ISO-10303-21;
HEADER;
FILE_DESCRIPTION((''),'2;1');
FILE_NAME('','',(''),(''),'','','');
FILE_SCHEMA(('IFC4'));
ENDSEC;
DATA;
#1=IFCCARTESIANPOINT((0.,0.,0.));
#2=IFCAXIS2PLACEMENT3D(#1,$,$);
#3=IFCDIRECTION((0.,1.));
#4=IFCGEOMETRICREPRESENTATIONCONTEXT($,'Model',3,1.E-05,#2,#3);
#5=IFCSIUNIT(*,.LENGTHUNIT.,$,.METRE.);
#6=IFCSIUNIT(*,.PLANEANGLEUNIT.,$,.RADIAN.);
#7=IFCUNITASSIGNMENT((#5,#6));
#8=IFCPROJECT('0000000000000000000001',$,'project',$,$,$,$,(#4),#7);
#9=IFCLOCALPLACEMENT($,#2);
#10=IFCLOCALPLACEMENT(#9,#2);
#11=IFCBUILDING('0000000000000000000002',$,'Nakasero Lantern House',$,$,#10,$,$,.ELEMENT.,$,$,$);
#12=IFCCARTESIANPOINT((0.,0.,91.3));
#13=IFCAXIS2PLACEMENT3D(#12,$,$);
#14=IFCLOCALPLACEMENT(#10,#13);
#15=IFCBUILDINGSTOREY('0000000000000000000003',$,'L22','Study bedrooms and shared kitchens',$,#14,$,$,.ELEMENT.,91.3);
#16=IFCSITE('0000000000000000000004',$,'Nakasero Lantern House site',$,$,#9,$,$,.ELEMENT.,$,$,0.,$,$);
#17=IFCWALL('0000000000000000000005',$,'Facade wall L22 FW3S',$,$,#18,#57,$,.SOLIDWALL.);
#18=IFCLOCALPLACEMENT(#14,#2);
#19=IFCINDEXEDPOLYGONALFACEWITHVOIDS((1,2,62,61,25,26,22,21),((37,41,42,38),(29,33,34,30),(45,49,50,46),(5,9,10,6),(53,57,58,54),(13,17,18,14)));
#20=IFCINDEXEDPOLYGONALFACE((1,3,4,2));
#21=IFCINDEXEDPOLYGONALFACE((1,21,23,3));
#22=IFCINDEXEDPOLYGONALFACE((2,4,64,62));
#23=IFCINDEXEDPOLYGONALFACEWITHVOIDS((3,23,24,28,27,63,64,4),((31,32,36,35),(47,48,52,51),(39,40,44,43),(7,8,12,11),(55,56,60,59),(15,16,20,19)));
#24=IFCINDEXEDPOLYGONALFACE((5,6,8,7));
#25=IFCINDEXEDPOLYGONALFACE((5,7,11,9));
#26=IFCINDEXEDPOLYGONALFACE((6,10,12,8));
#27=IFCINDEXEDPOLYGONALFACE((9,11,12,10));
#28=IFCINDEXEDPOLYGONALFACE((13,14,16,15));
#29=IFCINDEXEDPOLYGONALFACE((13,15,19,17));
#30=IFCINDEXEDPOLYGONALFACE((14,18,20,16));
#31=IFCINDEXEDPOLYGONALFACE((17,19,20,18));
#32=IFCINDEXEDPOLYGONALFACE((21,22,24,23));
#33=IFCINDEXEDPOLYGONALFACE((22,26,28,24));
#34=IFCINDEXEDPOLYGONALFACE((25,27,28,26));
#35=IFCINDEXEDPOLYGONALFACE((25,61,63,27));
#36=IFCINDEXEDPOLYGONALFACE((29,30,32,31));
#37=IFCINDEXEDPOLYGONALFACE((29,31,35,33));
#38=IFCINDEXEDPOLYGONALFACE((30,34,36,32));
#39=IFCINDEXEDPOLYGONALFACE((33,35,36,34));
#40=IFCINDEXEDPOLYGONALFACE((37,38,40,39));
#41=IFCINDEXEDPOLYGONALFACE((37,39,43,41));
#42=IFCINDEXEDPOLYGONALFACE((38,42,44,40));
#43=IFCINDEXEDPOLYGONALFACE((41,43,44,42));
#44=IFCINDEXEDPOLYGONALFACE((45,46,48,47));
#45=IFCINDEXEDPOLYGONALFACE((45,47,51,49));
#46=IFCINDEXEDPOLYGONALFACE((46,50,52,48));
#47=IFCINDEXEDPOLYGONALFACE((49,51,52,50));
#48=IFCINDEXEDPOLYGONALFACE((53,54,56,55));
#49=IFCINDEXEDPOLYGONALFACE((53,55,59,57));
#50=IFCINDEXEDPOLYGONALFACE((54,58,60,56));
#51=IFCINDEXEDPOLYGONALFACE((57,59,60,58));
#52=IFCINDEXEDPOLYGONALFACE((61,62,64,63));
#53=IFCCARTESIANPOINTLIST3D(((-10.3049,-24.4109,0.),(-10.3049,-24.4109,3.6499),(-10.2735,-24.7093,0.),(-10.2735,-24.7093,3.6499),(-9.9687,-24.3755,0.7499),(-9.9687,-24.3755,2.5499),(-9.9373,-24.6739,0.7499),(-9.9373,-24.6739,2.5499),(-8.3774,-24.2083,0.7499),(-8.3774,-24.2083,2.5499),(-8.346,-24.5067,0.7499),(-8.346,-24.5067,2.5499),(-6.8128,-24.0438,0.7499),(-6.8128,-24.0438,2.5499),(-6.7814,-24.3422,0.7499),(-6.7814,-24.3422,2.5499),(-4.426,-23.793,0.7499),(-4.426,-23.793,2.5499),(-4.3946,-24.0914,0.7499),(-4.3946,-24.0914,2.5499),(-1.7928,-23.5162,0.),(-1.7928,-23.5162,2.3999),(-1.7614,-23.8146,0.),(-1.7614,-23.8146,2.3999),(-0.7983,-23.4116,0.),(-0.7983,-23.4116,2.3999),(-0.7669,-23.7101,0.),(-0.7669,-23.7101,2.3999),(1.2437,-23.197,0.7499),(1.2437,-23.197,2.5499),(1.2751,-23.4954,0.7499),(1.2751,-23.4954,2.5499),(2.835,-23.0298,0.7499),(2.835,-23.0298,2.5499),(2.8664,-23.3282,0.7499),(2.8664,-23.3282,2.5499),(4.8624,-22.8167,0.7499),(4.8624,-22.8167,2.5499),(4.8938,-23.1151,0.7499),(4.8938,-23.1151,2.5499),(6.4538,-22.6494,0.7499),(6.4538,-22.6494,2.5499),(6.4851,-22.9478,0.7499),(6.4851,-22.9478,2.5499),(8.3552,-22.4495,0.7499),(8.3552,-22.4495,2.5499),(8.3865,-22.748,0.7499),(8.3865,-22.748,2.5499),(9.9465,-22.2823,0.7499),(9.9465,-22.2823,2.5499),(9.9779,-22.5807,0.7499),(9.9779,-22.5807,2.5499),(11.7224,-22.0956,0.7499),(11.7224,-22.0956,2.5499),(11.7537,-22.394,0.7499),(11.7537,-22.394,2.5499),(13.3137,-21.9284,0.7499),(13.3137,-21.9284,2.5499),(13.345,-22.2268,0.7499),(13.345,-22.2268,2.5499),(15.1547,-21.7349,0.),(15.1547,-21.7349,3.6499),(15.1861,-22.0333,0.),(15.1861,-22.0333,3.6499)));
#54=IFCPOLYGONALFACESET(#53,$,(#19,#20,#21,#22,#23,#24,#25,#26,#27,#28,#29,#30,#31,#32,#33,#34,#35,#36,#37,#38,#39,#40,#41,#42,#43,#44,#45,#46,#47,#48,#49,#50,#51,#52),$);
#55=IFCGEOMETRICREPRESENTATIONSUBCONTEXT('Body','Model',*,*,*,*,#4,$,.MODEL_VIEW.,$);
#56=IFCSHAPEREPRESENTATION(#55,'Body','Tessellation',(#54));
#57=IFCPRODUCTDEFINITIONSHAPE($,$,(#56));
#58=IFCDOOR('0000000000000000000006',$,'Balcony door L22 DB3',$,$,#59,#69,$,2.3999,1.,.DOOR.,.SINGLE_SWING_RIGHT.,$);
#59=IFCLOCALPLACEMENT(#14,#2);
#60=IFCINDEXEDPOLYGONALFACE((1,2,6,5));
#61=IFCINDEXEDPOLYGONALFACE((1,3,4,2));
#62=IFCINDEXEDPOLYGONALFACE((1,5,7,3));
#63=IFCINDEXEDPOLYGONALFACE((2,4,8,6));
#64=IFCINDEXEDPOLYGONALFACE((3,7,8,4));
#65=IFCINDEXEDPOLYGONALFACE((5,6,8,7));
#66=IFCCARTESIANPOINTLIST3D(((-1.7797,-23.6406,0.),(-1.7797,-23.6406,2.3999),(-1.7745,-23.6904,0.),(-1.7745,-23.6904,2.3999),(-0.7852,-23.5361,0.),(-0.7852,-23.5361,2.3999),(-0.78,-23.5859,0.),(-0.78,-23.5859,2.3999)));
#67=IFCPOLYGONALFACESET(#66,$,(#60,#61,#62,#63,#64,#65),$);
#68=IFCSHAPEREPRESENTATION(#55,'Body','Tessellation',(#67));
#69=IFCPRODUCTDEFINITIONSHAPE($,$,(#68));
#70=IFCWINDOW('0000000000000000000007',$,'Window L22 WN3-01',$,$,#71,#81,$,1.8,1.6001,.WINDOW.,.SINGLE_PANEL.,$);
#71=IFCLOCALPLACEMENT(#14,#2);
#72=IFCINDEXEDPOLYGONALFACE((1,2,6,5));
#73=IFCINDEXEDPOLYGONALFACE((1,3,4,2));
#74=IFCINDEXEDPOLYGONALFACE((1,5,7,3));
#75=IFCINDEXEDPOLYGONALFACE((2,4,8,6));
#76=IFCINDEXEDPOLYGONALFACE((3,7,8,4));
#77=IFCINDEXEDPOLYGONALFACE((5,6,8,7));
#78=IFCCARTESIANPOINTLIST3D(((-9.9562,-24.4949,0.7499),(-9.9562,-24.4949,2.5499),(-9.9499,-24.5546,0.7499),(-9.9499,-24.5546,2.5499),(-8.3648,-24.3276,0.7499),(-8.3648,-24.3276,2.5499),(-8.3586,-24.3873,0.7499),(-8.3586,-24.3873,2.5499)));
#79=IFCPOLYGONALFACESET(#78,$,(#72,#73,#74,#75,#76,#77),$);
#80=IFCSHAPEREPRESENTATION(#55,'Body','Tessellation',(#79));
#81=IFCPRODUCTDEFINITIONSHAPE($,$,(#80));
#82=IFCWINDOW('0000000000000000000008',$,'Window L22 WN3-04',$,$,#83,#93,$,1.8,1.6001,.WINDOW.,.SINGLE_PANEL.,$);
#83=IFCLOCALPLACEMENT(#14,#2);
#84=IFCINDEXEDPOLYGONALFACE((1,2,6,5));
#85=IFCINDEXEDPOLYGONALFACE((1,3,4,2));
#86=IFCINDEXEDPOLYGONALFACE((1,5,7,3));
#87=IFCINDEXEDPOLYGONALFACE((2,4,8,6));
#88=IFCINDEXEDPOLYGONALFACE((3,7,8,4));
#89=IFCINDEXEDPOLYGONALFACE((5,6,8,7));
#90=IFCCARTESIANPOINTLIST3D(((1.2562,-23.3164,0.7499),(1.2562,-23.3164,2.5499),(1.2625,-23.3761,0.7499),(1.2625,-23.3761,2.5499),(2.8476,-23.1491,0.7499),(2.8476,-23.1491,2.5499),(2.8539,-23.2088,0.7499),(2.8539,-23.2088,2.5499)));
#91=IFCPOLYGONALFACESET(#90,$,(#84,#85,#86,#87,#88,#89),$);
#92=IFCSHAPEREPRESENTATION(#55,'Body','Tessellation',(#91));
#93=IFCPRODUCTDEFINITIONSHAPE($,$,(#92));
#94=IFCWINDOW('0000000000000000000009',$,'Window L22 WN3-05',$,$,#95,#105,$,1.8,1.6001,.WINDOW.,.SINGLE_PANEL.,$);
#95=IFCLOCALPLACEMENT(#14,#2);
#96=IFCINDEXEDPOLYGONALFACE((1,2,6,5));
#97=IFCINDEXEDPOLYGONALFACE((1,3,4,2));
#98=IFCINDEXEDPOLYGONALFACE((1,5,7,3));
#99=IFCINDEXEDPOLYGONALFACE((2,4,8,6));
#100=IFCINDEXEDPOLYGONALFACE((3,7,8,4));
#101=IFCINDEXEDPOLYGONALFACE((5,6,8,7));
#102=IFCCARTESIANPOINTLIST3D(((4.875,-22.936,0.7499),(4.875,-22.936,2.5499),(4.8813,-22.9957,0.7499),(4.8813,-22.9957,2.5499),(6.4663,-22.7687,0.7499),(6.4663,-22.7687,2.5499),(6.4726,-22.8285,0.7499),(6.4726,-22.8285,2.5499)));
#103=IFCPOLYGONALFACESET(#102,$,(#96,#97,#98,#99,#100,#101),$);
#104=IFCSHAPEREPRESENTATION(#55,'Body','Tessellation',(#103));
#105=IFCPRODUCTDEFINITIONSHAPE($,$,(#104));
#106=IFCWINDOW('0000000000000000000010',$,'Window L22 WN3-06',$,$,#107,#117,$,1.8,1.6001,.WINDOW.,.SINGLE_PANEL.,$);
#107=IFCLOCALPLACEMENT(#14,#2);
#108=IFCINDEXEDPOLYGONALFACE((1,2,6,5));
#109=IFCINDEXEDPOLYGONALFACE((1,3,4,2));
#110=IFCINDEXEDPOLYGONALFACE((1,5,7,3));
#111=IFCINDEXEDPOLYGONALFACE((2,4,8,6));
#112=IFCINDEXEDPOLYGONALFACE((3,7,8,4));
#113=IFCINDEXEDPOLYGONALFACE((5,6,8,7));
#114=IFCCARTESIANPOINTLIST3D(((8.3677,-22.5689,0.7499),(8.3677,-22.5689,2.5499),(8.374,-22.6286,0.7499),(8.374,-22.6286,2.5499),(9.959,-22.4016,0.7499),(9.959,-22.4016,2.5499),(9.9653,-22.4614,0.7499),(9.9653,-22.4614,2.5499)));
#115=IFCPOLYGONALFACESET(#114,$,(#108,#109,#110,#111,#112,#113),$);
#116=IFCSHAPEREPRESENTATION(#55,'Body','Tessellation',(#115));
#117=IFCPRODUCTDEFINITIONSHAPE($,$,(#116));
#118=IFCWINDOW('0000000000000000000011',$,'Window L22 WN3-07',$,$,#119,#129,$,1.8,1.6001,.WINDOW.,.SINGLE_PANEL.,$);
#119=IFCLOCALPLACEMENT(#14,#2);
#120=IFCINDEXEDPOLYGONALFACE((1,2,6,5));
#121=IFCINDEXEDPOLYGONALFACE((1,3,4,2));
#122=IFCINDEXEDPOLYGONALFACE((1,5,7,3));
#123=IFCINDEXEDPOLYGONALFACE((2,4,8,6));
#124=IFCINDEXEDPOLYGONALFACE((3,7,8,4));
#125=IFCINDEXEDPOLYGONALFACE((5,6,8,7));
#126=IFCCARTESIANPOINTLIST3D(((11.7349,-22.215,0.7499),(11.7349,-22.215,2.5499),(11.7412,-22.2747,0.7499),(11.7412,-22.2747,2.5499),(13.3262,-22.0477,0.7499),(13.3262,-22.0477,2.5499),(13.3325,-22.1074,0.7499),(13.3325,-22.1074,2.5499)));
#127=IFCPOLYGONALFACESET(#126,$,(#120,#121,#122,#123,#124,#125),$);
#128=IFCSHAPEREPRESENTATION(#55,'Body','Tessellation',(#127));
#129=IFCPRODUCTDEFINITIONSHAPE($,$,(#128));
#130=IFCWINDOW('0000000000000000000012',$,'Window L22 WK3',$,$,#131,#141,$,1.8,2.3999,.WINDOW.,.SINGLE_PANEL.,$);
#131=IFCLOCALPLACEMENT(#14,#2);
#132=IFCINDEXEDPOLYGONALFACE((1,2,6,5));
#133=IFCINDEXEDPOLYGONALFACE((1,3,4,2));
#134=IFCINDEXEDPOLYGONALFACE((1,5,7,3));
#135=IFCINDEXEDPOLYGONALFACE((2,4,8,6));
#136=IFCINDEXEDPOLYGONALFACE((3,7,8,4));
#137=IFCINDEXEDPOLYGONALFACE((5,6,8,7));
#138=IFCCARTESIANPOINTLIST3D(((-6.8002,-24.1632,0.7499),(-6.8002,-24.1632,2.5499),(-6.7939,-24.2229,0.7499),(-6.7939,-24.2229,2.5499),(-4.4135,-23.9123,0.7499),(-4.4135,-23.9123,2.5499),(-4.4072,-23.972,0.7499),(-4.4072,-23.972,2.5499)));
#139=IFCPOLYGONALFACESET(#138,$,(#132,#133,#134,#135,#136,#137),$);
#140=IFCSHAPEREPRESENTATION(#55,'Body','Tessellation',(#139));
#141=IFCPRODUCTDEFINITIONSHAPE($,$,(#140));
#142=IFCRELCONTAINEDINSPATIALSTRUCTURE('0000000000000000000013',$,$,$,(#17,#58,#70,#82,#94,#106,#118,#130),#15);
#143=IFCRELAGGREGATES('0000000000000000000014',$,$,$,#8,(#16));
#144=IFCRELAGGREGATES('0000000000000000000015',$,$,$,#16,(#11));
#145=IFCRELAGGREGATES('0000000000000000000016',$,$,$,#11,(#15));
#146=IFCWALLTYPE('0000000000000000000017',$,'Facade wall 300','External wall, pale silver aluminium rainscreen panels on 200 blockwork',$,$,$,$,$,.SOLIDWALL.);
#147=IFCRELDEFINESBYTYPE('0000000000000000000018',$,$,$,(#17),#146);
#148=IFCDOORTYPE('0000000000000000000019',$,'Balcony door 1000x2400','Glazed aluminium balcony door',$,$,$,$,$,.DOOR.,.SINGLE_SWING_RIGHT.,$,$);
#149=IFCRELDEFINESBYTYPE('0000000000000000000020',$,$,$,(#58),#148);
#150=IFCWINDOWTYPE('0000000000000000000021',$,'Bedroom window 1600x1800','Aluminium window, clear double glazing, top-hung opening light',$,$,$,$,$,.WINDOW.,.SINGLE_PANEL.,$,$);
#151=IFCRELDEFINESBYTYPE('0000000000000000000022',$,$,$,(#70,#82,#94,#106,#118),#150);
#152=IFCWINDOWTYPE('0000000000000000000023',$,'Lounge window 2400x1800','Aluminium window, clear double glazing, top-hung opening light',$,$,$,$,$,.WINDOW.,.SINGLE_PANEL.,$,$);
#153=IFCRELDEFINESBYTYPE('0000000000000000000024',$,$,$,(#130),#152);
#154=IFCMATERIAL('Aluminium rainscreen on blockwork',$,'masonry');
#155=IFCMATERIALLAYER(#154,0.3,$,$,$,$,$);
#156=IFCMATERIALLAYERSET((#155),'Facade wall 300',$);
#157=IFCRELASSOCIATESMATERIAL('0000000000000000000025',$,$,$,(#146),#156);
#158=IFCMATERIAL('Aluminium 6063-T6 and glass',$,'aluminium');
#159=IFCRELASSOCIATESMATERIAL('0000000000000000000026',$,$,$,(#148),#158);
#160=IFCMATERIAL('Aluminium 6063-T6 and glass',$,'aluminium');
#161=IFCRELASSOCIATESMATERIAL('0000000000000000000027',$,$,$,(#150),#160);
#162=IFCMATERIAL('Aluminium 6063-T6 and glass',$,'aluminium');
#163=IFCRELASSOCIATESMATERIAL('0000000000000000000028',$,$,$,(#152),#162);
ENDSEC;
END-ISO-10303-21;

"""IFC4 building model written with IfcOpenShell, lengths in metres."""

from ifc_helpers import new_model, si_unit, direction, frame, frame_2d, origin, place, context, subcontext, project, spatial, rectangle, extrude, material, layer, layer_set, type_object, element, fill, save


model = new_model("IFC4")

# Units and contexts
model_context = context("Model", 3, precision=1e-05, world=origin(), true_north=direction((0.0, 1.0)))
body_context = subcontext(model_context, "Body", "Model", "MODEL_VIEW")
ifc_project = project(units=[si_unit("LENGTHUNIT", "METRE"), si_unit("PLANEANGLEUNIT", "RADIAN")], contexts=[model_context])

# Site, building, storey
site_placement = place(None, origin())
site = spatial("IfcSite", under=ifc_project, at=site_placement, Name="Nakasero Lantern House site", CompositionType="ELEMENT", RefElevation=0.0)
building_placement = place(site_placement, origin())
building = spatial("IfcBuilding", under=site, at=building_placement, Name="Nakasero Lantern House", CompositionType="ELEMENT")
storey_placement = place(building_placement, frame((0.0, 0.0, 91.3)))
storey = spatial("IfcBuildingStorey", under=building, at=storey_placement, Name="L22", Description="Study bedrooms and shared kitchens", CompositionType="ELEMENT", Elevation=91.3)

# Wall, openings, door, windows
ifc_material_1 = material(Name="Aluminium rainscreen on blockwork", Category="masonry")
ifc_layer_1 = layer(ifc_material_1, 0.3)
ifc_layer_set_1 = layer_set([ifc_layer_1], Name="Facade wall 300")
wall_type_1 = type_object("IfcWallType", Name="Facade wall 300", Description="External wall, pale silver aluminium rainscreen panels on 200 blockwork", PredefinedType="SOLIDWALL", material=ifc_layer_set_1)
wall_1_placement = place(storey_placement, frame((-10.2891, -24.5601, 0.0), z_axis=(0.0, 0.0, 1.0), x_axis=(0.994521, 0.104532, 0.0)))
wall_1 = element("IfcWall", 1, at=wall_1_placement, inside=storey, type_object=wall_type_1, Name="Facade wall L22 FW3S", PredefinedType="SOLIDWALL", context=body_context, shape_type="SweptSolid", body=[
    extrude(rectangle(XDim=25.5999, YDim=0.3, at=frame_2d((12.7998, 0.0))), origin(), (0.0, 0.0, 1.0), 3.6499),
])
opening_1_placement = place(wall_1_placement, frame((0.3379, 0.0, 0.75)))
opening_1 = element("IfcOpeningElement", 2, at=opening_1_placement, cuts=wall_1, PredefinedType="OPENING", context=body_context, shape_type="SweptSolid", body=[
    extrude(rectangle(XDim=1.6001, YDim=1.8, at=frame_2d((0.8, 0.8999))), frame((0.0, 0.1699, 0.0), z_axis=(0.0, -1.0, 0.0), x_axis=(1.0, 0.0, 0.0)), (0.0, 0.0, 1.0), 0.3401),
])
opening_2_placement = place(wall_1_placement, frame((11.6121, 0.0, 0.75)))
opening_2 = element("IfcOpeningElement", 3, at=opening_2_placement, cuts=wall_1, PredefinedType="OPENING", context=body_context, shape_type="SweptSolid", body=[
    extrude(rectangle(XDim=1.6001, YDim=1.8, at=frame_2d((0.8, 0.8999))), frame((0.0, 0.1699, 0.0), z_axis=(0.0, -1.0, 0.0), x_axis=(1.0, 0.0, 0.0)), (0.0, 0.0, 1.0), 0.3401),
])
opening_3_placement = place(wall_1_placement, frame((15.2507, 0.0, 0.75)))
opening_3 = element("IfcOpeningElement", 4, at=opening_3_placement, cuts=wall_1, PredefinedType="OPENING", context=body_context, shape_type="SweptSolid", body=[
    extrude(rectangle(XDim=1.6001, YDim=1.8, at=frame_2d((0.8, 0.8999))), frame((0.0, 0.1699, 0.0), z_axis=(0.0, -1.0, 0.0), x_axis=(1.0, 0.0, 0.0)), (0.0, 0.0, 1.0), 0.3401),
])
opening_4_placement = place(wall_1_placement, frame((18.7627, 0.0, 0.75)))
opening_4 = element("IfcOpeningElement", 5, at=opening_4_placement, cuts=wall_1, PredefinedType="OPENING", context=body_context, shape_type="SweptSolid", body=[
    extrude(rectangle(XDim=1.6001, YDim=1.8, at=frame_2d((0.8, 0.8999))), frame((0.0, 0.1699, 0.0), z_axis=(0.0, -1.0, 0.0), x_axis=(1.0, 0.0, 0.0)), (0.0, 0.0, 1.0), 0.3401),
])
opening_5_placement = place(wall_1_placement, frame((22.1484, 0.0, 0.75)))
opening_5 = element("IfcOpeningElement", 6, at=opening_5_placement, cuts=wall_1, PredefinedType="OPENING", context=body_context, shape_type="SweptSolid", body=[
    extrude(rectangle(XDim=1.6001, YDim=1.8, at=frame_2d((0.8, 0.8999))), frame((0.0, 0.1699, 0.0), z_axis=(0.0, -1.0, 0.0), x_axis=(1.0, 0.0, 0.0)), (0.0, 0.0, 1.0), 0.3401),
])
opening_6_placement = place(wall_1_placement, frame((3.5112, 0.0, 0.75)))
opening_6 = element("IfcOpeningElement", 7, at=opening_6_placement, cuts=wall_1, PredefinedType="OPENING", context=body_context, shape_type="SweptSolid", body=[
    extrude(rectangle(XDim=2.3999, YDim=1.8, at=frame_2d((1.2, 0.8999))), frame((0.0, 0.1699, 0.0), z_axis=(0.0, -1.0, 0.0), x_axis=(1.0, 0.0, 0.0)), (0.0, 0.0, 1.0), 0.3401),
])
opening_7_placement = place(wall_1_placement, frame((8.5588, 0.0, 0.0)))
opening_7 = element("IfcOpeningElement", 8, at=opening_7_placement, cuts=wall_1, PredefinedType="OPENING", context=body_context, shape_type="SweptSolid", body=[
    extrude(rectangle(XDim=1.0, YDim=2.3999, at=frame_2d((0.5, 1.2))), frame((0.0, 0.1699, 0.0), z_axis=(0.0, -1.0, 0.0), x_axis=(1.0, 0.0, 0.0)), (0.0, 0.0, 1.0), 0.3401),
])
ifc_material_2 = material(Name="Aluminium 6063-T6 and glass", Category="aluminium")
door_type = type_object("IfcDoorType", Name="Balcony door 1000x2400", Description="Glazed aluminium balcony door", OperationType="SINGLE_SWING_RIGHT", PredefinedType="DOOR", material=ifc_material_2)
door_placement = place(opening_7_placement, origin())
door = element("IfcDoor", 9, at=door_placement, inside=storey, type_object=door_type, Name="Balcony door L22 DB3", OperationType="SINGLE_SWING_RIGHT", OverallHeight=2.3999, OverallWidth=1.0, PredefinedType="DOOR", context=body_context, shape_type="SweptSolid", body=[
    extrude(rectangle(XDim=1.0, YDim=2.3999, at=frame_2d((0.5, 1.2))), frame((0.0, 0.0249, 0.0), z_axis=(0.0, -1.0, 0.0), x_axis=(1.0, 0.0, 0.0)), (0.0, 0.0, 1.0), 0.05),
])
fill(opening_7, door)
ifc_material_3 = material(Name="Aluminium 6063-T6 and glass", Category="aluminium")
window_type_1 = type_object("IfcWindowType", Name="Bedroom window 1600x1800", Description="Aluminium window, clear double glazing, top-hung opening light", PartitioningType="SINGLE_PANEL", PredefinedType="WINDOW", material=ifc_material_3)
window_1_placement = place(opening_1_placement, origin())
window_1 = element("IfcWindow", 10, at=window_1_placement, inside=storey, type_object=window_type_1, Name="Window L22 WN3-01", OverallHeight=1.8, OverallWidth=1.6001, PartitioningType="SINGLE_PANEL", PredefinedType="WINDOW", context=body_context, shape_type="SweptSolid", body=[
    extrude(rectangle(XDim=1.6001, YDim=1.8, at=frame_2d((0.8, 0.8999))), frame((0.0, 0.03, 0.0), z_axis=(0.0, -1.0, 0.0), x_axis=(1.0, 0.0, 0.0)), (0.0, 0.0, 1.0), 0.0601),
])
fill(opening_1, window_1)
window_2_placement = place(opening_2_placement, origin())
window_2 = element("IfcWindow", 11, at=window_2_placement, inside=storey, type_object=window_type_1, Name="Window L22 WN3-04", OverallHeight=1.8, OverallWidth=1.6001, PartitioningType="SINGLE_PANEL", PredefinedType="WINDOW", context=body_context, shape_type="SweptSolid", body=[
    extrude(rectangle(XDim=1.6001, YDim=1.8, at=frame_2d((0.8, 0.8999))), frame((0.0, 0.03, 0.0), z_axis=(0.0, -1.0, 0.0), x_axis=(1.0, 0.0, 0.0)), (0.0, 0.0, 1.0), 0.0601),
])
fill(opening_2, window_2)
window_3_placement = place(opening_3_placement, origin())
window_3 = element("IfcWindow", 12, at=window_3_placement, inside=storey, type_object=window_type_1, Name="Window L22 WN3-05", OverallHeight=1.8, OverallWidth=1.6001, PartitioningType="SINGLE_PANEL", PredefinedType="WINDOW", context=body_context, shape_type="SweptSolid", body=[
    extrude(rectangle(XDim=1.6001, YDim=1.8, at=frame_2d((0.8, 0.8999))), frame((0.0, 0.03, 0.0), z_axis=(0.0, -1.0, 0.0), x_axis=(1.0, 0.0, 0.0)), (0.0, 0.0, 1.0), 0.0601),
])
fill(opening_3, window_3)
window_4_placement = place(opening_4_placement, origin())
window_4 = element("IfcWindow", 13, at=window_4_placement, inside=storey, type_object=window_type_1, Name="Window L22 WN3-06", OverallHeight=1.8, OverallWidth=1.6001, PartitioningType="SINGLE_PANEL", PredefinedType="WINDOW", context=body_context, shape_type="SweptSolid", body=[
    extrude(rectangle(XDim=1.6001, YDim=1.8, at=frame_2d((0.8, 0.8999))), frame((0.0, 0.03, 0.0), z_axis=(0.0, -1.0, 0.0), x_axis=(1.0, 0.0, 0.0)), (0.0, 0.0, 1.0), 0.0601),
])
fill(opening_4, window_4)
window_5_placement = place(opening_5_placement, origin())
window_5 = element("IfcWindow", 14, at=window_5_placement, inside=storey, type_object=window_type_1, Name="Window L22 WN3-07", OverallHeight=1.8, OverallWidth=1.6001, PartitioningType="SINGLE_PANEL", PredefinedType="WINDOW", context=body_context, shape_type="SweptSolid", body=[
    extrude(rectangle(XDim=1.6001, YDim=1.8, at=frame_2d((0.8, 0.8999))), frame((0.0, 0.03, 0.0), z_axis=(0.0, -1.0, 0.0), x_axis=(1.0, 0.0, 0.0)), (0.0, 0.0, 1.0), 0.0601),
])
fill(opening_5, window_5)
ifc_material_4 = material(Name="Aluminium 6063-T6 and glass", Category="aluminium")
window_type_2 = type_object("IfcWindowType", Name="Lounge window 2400x1800", Description="Aluminium window, clear double glazing, top-hung opening light", PartitioningType="SINGLE_PANEL", PredefinedType="WINDOW", material=ifc_material_4)
window_6_placement = place(opening_6_placement, origin())
window_6 = element("IfcWindow", 15, at=window_6_placement, inside=storey, type_object=window_type_2, Name="Window L22 WK3", OverallHeight=1.8, OverallWidth=2.3999, PartitioningType="SINGLE_PANEL", PredefinedType="WINDOW", context=body_context, shape_type="SweptSolid", body=[
    extrude(rectangle(XDim=2.3999, YDim=1.8, at=frame_2d((1.2, 0.8999))), frame((0.0, 0.03, 0.0), z_axis=(0.0, -1.0, 0.0), x_axis=(1.0, 0.0, 0.0)), (0.0, 0.0, 1.0), 0.0601),
])
fill(opening_6, window_6)

save(model, "model.ifc")
